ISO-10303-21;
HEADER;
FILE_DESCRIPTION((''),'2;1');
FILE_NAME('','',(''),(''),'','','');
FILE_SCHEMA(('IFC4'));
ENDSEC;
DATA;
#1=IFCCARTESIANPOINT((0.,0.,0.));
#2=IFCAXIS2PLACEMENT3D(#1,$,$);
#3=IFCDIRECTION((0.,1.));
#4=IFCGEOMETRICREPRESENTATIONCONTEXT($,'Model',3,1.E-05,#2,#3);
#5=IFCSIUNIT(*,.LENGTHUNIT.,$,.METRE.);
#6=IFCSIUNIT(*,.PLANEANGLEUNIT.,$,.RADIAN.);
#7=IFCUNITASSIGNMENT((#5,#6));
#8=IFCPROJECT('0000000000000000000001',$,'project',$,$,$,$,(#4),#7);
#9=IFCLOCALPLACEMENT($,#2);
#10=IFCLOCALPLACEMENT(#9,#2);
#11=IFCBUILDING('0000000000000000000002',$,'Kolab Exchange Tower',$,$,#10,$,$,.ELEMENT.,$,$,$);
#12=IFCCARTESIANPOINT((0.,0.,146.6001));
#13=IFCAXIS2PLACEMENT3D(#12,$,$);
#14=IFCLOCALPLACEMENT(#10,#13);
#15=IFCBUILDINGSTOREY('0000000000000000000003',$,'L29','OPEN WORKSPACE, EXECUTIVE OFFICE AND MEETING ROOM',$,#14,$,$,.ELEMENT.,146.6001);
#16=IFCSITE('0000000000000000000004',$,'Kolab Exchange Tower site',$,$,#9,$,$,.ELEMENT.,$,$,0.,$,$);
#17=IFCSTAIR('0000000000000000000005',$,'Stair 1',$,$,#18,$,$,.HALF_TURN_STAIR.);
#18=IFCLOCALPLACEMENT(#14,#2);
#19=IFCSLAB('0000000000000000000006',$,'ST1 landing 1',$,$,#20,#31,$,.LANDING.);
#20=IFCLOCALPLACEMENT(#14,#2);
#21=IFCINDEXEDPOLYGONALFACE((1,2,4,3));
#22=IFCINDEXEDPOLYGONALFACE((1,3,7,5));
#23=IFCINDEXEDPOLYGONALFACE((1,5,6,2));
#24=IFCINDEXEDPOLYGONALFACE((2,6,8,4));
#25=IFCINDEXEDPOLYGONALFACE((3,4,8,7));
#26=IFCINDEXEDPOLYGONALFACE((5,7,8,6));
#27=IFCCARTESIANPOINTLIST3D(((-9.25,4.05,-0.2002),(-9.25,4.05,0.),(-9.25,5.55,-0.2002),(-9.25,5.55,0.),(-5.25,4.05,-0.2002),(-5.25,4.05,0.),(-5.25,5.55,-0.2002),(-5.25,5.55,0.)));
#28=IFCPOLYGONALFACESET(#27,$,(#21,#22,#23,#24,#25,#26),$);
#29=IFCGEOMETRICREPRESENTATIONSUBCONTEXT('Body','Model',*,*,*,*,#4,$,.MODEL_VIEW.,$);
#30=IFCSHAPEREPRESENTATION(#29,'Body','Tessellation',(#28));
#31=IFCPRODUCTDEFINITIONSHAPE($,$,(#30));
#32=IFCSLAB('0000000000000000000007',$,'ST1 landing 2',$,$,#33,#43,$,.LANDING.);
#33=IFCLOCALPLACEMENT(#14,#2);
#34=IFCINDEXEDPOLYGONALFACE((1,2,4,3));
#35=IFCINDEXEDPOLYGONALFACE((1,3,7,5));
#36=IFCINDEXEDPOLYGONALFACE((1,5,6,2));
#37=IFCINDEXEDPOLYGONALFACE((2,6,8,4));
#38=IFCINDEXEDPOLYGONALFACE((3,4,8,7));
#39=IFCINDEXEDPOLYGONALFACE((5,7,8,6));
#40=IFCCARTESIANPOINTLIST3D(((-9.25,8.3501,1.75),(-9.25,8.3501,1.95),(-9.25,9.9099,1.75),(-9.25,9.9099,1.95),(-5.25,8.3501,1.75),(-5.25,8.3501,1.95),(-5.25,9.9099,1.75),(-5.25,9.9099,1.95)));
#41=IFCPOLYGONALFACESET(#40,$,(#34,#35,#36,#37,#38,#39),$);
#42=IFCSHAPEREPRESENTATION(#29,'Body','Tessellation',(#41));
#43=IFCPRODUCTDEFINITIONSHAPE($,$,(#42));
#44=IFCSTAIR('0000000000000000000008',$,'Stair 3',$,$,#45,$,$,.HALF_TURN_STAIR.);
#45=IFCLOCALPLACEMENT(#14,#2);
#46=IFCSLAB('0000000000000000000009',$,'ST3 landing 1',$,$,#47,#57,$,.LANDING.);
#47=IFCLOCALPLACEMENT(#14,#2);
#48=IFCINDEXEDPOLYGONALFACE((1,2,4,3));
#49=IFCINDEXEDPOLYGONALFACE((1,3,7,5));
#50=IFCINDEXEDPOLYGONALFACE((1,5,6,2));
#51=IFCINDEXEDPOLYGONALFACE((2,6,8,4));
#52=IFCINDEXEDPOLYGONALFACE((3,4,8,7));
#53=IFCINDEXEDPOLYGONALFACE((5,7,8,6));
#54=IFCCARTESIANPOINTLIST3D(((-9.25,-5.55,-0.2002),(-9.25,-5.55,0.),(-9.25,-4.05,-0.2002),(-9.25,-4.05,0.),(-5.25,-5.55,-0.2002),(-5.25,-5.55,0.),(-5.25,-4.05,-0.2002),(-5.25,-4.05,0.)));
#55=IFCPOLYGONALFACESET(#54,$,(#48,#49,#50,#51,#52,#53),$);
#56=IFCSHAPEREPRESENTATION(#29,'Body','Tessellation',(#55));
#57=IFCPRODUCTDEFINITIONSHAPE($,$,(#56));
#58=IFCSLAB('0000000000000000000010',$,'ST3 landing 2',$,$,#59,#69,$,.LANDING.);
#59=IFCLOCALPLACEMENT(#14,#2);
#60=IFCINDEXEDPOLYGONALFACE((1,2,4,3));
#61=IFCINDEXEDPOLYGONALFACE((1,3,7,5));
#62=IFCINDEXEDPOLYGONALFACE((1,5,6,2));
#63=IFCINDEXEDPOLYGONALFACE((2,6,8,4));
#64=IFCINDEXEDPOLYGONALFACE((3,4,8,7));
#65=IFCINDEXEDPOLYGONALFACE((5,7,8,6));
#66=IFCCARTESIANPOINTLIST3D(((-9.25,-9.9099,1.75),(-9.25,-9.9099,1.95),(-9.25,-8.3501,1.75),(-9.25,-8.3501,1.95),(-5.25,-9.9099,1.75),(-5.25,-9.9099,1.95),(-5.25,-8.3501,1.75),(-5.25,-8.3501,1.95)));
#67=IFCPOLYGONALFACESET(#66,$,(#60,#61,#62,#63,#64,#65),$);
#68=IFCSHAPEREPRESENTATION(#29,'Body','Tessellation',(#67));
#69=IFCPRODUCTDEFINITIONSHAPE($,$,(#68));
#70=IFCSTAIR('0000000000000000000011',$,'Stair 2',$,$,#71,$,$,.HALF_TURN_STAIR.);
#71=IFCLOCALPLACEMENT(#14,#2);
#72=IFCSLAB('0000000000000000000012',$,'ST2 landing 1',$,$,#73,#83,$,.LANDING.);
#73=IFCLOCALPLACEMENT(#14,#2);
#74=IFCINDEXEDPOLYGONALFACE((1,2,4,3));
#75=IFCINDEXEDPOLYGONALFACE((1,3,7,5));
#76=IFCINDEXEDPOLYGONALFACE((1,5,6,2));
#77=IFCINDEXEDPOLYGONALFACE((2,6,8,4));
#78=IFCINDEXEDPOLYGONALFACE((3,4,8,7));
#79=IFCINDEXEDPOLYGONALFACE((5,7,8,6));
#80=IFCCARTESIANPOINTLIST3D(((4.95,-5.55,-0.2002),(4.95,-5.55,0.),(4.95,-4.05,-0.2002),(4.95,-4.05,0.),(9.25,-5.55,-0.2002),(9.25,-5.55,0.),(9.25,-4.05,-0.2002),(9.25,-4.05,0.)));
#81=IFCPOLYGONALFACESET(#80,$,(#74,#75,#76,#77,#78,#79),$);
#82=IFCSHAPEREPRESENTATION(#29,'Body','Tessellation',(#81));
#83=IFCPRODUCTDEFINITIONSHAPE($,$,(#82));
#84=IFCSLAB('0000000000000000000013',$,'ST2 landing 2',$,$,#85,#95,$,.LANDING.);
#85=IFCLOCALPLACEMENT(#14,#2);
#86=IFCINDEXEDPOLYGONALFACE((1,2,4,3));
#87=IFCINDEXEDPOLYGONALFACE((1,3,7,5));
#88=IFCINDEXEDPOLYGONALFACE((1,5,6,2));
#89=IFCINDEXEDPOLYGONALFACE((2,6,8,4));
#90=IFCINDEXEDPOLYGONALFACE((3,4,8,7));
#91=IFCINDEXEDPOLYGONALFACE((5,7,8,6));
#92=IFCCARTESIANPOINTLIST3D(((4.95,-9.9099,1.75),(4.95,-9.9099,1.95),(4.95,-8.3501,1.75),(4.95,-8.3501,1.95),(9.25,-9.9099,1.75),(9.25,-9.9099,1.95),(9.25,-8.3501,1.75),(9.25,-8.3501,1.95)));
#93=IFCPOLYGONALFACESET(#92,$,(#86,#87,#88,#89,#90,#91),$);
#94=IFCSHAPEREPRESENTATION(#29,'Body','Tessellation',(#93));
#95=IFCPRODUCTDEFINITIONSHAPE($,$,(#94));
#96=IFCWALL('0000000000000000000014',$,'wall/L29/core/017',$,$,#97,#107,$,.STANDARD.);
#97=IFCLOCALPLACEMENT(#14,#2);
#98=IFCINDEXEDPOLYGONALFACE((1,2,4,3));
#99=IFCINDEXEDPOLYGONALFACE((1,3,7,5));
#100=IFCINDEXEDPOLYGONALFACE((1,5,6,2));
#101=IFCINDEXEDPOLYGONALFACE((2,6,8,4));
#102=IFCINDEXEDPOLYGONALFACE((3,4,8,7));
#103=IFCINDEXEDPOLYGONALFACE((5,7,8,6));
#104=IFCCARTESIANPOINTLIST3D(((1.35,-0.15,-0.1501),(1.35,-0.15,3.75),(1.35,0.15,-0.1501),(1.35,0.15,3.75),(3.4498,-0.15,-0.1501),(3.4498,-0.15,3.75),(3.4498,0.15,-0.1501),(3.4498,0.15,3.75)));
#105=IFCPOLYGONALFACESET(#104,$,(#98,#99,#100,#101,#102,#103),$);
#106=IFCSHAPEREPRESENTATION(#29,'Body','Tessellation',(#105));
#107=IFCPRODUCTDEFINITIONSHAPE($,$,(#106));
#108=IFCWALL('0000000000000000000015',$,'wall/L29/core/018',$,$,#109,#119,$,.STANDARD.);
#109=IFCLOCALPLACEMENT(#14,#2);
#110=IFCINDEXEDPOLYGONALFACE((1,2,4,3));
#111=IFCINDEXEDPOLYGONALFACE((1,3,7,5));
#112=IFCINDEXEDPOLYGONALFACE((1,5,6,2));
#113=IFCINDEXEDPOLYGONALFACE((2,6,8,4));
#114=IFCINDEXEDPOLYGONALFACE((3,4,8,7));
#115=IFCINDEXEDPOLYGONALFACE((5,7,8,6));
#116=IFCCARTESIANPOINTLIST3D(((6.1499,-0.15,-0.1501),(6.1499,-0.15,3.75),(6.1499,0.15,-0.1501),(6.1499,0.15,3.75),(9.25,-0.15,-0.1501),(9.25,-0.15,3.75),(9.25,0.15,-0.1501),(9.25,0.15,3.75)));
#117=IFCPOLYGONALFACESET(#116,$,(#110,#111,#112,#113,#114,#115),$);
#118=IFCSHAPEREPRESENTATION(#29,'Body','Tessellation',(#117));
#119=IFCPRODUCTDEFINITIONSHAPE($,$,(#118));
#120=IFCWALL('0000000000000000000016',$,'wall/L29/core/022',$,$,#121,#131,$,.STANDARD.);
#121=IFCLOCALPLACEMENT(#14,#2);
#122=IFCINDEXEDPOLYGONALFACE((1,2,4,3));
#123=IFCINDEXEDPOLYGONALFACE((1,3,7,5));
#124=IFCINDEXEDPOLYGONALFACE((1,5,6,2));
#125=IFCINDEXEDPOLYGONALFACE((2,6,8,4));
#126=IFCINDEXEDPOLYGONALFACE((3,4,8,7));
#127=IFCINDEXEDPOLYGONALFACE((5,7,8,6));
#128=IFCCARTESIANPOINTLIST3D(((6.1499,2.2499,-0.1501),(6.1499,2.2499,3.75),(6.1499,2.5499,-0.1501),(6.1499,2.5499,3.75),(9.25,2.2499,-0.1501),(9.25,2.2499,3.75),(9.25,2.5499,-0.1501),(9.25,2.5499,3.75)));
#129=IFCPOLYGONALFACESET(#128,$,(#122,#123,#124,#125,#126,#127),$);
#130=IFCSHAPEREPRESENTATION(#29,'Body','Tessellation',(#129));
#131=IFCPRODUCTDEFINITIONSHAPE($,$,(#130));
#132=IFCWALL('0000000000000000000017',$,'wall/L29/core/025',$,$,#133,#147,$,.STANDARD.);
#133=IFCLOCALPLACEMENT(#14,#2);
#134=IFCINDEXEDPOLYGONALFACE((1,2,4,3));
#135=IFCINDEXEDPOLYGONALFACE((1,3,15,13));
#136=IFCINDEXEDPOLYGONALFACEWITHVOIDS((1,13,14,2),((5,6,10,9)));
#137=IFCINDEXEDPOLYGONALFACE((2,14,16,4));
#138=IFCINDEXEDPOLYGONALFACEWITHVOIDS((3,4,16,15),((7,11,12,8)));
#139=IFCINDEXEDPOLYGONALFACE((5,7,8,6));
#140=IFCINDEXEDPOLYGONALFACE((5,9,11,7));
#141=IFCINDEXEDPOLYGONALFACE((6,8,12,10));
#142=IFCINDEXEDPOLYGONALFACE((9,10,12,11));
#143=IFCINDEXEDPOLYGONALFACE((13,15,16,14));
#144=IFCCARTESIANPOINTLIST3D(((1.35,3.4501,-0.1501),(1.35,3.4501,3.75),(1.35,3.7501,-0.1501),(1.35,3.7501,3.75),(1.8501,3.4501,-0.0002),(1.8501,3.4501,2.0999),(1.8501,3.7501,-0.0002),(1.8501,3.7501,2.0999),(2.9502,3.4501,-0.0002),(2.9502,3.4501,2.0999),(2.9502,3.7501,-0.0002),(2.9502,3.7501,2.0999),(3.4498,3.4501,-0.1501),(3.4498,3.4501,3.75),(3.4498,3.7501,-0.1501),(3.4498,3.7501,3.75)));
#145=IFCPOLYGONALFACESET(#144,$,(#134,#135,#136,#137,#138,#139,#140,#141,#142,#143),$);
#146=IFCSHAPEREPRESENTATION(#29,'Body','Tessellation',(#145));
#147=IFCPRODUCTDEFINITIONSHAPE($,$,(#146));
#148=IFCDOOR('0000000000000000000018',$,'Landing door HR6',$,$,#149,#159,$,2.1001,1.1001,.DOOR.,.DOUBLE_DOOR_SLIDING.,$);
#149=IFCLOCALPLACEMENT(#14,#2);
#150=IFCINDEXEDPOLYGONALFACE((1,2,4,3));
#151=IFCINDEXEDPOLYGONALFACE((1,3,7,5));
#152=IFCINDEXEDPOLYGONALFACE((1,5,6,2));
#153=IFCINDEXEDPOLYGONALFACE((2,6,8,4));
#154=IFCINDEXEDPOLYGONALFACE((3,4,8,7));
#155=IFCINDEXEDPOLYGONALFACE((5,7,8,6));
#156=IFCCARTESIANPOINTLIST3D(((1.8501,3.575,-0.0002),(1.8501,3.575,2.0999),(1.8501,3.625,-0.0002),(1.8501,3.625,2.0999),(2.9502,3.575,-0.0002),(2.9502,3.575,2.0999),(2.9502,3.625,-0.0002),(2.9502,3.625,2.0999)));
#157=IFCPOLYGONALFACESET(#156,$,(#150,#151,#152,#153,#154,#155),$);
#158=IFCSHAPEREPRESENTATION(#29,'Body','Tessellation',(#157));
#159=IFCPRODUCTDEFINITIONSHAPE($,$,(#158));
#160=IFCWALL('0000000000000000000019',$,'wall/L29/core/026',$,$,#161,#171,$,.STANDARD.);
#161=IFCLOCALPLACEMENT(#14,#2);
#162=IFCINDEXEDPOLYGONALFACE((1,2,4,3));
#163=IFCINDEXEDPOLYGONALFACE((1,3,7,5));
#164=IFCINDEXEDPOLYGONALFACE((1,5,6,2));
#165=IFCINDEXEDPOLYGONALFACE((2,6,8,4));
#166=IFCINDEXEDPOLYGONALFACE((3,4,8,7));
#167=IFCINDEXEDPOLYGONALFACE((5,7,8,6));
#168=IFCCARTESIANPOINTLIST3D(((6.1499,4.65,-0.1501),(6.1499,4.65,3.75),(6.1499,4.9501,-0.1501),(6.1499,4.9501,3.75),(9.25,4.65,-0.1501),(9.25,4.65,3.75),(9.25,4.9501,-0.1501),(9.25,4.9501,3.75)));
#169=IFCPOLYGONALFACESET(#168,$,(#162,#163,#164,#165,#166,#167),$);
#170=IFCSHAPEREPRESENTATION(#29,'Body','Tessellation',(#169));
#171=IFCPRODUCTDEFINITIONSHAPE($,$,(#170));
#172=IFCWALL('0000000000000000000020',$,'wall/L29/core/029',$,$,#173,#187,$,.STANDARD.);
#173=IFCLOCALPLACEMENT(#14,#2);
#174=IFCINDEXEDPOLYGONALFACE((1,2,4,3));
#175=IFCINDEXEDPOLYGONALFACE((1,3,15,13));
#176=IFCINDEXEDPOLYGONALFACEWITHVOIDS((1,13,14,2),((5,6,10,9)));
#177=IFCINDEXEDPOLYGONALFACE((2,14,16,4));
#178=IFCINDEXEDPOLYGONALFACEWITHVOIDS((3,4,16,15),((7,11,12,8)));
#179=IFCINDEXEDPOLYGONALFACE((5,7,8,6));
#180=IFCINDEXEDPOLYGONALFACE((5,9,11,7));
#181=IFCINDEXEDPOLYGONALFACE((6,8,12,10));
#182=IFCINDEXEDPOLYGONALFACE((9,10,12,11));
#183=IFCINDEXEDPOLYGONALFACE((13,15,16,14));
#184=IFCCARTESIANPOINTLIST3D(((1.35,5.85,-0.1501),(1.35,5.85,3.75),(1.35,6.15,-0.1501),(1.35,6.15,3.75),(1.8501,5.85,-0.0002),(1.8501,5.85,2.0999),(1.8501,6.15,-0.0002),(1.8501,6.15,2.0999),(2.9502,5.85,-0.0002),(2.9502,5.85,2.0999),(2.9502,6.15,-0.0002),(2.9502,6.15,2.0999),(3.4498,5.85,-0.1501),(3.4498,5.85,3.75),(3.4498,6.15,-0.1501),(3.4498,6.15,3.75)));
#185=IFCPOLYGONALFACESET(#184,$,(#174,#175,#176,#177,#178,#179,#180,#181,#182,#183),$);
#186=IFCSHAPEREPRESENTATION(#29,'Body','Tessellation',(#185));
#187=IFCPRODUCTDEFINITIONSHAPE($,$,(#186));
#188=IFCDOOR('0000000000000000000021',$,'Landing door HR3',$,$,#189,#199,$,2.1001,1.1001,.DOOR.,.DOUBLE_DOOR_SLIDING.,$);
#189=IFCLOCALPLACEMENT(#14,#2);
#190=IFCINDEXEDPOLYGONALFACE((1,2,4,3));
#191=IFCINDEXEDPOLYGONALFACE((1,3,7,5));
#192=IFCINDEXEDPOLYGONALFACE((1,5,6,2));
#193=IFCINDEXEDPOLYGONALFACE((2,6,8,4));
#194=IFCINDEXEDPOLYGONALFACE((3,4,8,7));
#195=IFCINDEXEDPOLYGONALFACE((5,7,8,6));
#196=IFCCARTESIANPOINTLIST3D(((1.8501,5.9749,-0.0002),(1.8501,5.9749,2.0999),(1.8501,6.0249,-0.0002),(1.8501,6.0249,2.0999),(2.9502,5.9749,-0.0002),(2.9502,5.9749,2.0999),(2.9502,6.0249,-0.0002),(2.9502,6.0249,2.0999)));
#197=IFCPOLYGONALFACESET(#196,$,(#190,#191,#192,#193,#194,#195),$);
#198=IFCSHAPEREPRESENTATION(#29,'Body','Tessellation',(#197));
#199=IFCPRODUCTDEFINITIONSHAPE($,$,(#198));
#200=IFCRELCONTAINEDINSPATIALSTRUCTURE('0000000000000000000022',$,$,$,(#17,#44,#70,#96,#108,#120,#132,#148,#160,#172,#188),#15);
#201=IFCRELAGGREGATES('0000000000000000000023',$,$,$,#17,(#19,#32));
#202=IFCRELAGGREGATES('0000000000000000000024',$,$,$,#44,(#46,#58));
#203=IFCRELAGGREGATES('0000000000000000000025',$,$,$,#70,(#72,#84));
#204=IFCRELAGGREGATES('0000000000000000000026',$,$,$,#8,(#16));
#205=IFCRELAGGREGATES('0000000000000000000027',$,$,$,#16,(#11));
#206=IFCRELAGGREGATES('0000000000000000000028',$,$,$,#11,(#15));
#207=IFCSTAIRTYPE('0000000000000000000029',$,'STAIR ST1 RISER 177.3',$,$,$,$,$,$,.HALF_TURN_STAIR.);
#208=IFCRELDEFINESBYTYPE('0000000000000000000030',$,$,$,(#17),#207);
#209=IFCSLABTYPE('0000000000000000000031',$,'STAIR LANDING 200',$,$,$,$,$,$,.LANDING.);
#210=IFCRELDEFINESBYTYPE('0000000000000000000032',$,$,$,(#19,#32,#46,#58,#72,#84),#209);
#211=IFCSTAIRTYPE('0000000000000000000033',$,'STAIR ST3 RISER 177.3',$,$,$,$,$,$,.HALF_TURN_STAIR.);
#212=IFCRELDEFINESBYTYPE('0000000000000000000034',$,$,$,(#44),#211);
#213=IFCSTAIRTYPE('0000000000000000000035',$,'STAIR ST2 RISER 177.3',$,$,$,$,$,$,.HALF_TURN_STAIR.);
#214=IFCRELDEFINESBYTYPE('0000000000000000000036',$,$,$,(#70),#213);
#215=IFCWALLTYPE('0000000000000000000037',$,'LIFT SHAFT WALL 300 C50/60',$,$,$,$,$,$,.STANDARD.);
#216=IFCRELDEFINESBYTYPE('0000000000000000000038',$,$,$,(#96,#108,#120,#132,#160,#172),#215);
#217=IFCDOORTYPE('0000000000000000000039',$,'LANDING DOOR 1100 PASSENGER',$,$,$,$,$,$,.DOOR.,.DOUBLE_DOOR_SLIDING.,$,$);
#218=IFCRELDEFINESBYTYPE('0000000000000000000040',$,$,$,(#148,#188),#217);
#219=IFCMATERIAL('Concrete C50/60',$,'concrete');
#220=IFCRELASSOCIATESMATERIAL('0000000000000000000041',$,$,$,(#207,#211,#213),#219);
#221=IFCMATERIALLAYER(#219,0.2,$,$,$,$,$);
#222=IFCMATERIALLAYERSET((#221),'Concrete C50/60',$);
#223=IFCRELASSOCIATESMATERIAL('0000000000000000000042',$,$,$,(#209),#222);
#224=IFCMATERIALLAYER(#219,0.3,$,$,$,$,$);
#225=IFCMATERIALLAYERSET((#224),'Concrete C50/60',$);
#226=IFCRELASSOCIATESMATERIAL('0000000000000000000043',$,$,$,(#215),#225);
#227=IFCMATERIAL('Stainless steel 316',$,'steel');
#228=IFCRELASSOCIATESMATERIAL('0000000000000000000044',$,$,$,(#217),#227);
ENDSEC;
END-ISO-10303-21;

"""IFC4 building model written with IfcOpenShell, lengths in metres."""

from ifc_helpers import new_model, si_unit, direction, frame, frame_2d, origin, place, context, subcontext, project, spatial, polyline, rectangle, outline, extrude, material, layer, layer_set, type_object, element, fill, aggregate, save


model = new_model("IFC4")

# Units and contexts
model_context = context("Model", 3, precision=1e-05, world=origin(), true_north=direction((0.0, 1.0)))
body_context = subcontext(model_context, "Body", "Model", "MODEL_VIEW")
ifc_project = project(units=[si_unit("LENGTHUNIT", "METRE"), si_unit("PLANEANGLEUNIT", "RADIAN")], contexts=[model_context])

# Site, building, storey
site_placement = place(None, origin())
site = spatial("IfcSite", under=ifc_project, at=site_placement, Name="Kolab Exchange Tower site", CompositionType="ELEMENT", RefElevation=0.0)
building_placement = place(site_placement, origin())
building = spatial("IfcBuilding", under=site, at=building_placement, Name="Kolab Exchange Tower", CompositionType="ELEMENT")
storey_placement = place(building_placement, frame((0.0, 0.0, 146.6001)))
storey = spatial("IfcBuildingStorey", under=building, at=storey_placement, Name="L29", Description="OPEN WORKSPACE, EXECUTIVE OFFICE AND MEETING ROOM", CompositionType="ELEMENT", Elevation=146.6001)

# Stairs, slabs
ifc_material_1 = material(Name="Concrete C50/60", Category="concrete")
stair_type_1 = type_object("IfcStairType", Name="STAIR ST1 RISER 177.3", PredefinedType="HALF_TURN_STAIR", material=ifc_material_1)
stair_1_placement = place(storey_placement, origin())
stair_1 = element("IfcStair", 1, at=stair_1_placement, inside=storey, type_object=stair_type_1, Name="Stair 1", PredefinedType="HALF_TURN_STAIR")
ifc_layer_1 = layer(ifc_material_1, 0.2)
ifc_layer_set_1 = layer_set([ifc_layer_1], Name="Concrete C50/60")
slab_type_1 = type_object("IfcSlabType", Name="STAIR LANDING 200", PredefinedType="LANDING", material=ifc_layer_set_1)
slab_1_placement = place(storey_placement, frame((0.0, 0.0, -0.2002)))
slab_1 = element("IfcSlab", 2, at=slab_1_placement, type_object=slab_type_1, Name="ST1 landing 1", PredefinedType="LANDING", context=body_context, shape_type="SweptSolid", body=[
    extrude(outline(polyline([(-9.25, 4.05), (-5.25, 4.05), (-5.25, 5.55), (-9.25, 5.55), (-9.25, 4.05)])), origin(), (0.0, 0.0, 1.0), 0.2002),
])
slab_2_placement = place(storey_placement, frame((0.0, 0.0, 1.75)))
slab_2 = element("IfcSlab", 3, at=slab_2_placement, type_object=slab_type_1, Name="ST1 landing 2", PredefinedType="LANDING", context=body_context, shape_type="SweptSolid", body=[
    extrude(outline(polyline([(-9.25, 8.3501), (-5.25, 8.3501), (-5.25, 9.9099), (-9.25, 9.9099), (-9.25, 8.3501)])), origin(), (0.0, 0.0, 1.0), 0.2),
])
aggregate(stair_1, [slab_1, slab_2])
stair_type_2 = type_object("IfcStairType", Name="STAIR ST3 RISER 177.3", PredefinedType="HALF_TURN_STAIR", material=ifc_material_1)
stair_2_placement = place(storey_placement, origin())
stair_2 = element("IfcStair", 4, at=stair_2_placement, inside=storey, type_object=stair_type_2, Name="Stair 3", PredefinedType="HALF_TURN_STAIR")
slab_3_placement = place(storey_placement, frame((0.0, 0.0, -0.2002)))
slab_3 = element("IfcSlab", 5, at=slab_3_placement, type_object=slab_type_1, Name="ST3 landing 1", PredefinedType="LANDING", context=body_context, shape_type="SweptSolid", body=[
    extrude(outline(polyline([(-9.25, -5.55), (-5.25, -5.55), (-5.25, -4.05), (-9.25, -4.05), (-9.25, -5.55)])), origin(), (0.0, 0.0, 1.0), 0.2002),
])
slab_4_placement = place(storey_placement, frame((0.0, 0.0, 1.75)))
slab_4 = element("IfcSlab", 6, at=slab_4_placement, type_object=slab_type_1, Name="ST3 landing 2", PredefinedType="LANDING", context=body_context, shape_type="SweptSolid", body=[
    extrude(outline(polyline([(-9.25, -9.9099), (-5.25, -9.9099), (-5.25, -8.3501), (-9.25, -8.3501), (-9.25, -9.9099)])), origin(), (0.0, 0.0, 1.0), 0.2),
])
aggregate(stair_2, [slab_3, slab_4])
stair_type_3 = type_object("IfcStairType", Name="STAIR ST2 RISER 177.3", PredefinedType="HALF_TURN_STAIR", material=ifc_material_1)
stair_3_placement = place(storey_placement, origin())
stair_3 = element("IfcStair", 7, at=stair_3_placement, inside=storey, type_object=stair_type_3, Name="Stair 2", PredefinedType="HALF_TURN_STAIR")
slab_5_placement = place(storey_placement, frame((0.0, 0.0, -0.2002)))
slab_5 = element("IfcSlab", 8, at=slab_5_placement, type_object=slab_type_1, Name="ST2 landing 1", PredefinedType="LANDING", context=body_context, shape_type="SweptSolid", body=[
    extrude(outline(polyline([(4.95, -5.55), (9.25, -5.55), (9.25, -4.05), (4.95, -4.05), (4.95, -5.55)])), origin(), (0.0, 0.0, 1.0), 0.2002),
])
slab_6_placement = place(storey_placement, frame((0.0, 0.0, 1.75)))
slab_6 = element("IfcSlab", 9, at=slab_6_placement, type_object=slab_type_1, Name="ST2 landing 2", PredefinedType="LANDING", context=body_context, shape_type="SweptSolid", body=[
    extrude(outline(polyline([(4.95, -9.9099), (9.25, -9.9099), (9.25, -8.3501), (4.95, -8.3501), (4.95, -9.9099)])), origin(), (0.0, 0.0, 1.0), 0.2),
])
aggregate(stair_3, [slab_5, slab_6])

# Walls
ifc_layer_2 = layer(ifc_material_1, 0.3)
ifc_layer_set_2 = layer_set([ifc_layer_2], Name="Concrete C50/60")
wall_type_1 = type_object("IfcWallType", Name="LIFT SHAFT WALL 300 C50/60", PredefinedType="STANDARD", material=ifc_layer_set_2)
wall_1_placement = place(storey_placement, frame((1.3501, 0.0, -0.1501), z_axis=(0.0, 0.0, 1.0), x_axis=(1.0, 0.0, 0.0)))
element("IfcWall", 10, at=wall_1_placement, inside=storey, type_object=wall_type_1, Name="wall/L29/core/017", PredefinedType="STANDARD", context=body_context, shape_type="SweptSolid", body=[
    extrude(rectangle(XDim=2.0999, YDim=0.3, at=frame_2d((1.0498, 0.0))), origin(), (0.0, 0.0, 1.0), 3.9001),
])
for number, where, z_axis, x_axis, name in (
    (11, (6.1499, 0.0, -0.1501), (0.0, 0.0, 1.0), (1.0, 0.0, 0.0), "wall/L29/core/018"),
    (12, (6.1499, 2.3999, -0.1501), (0.0, 0.0, 1.0), (1.0, 0.0, 0.0), "wall/L29/core/022"),
):
    element("IfcWall", number, at=place(storey_placement, frame(where, z_axis=z_axis, x_axis=x_axis)), inside=storey, type_object=wall_type_1, Name=name, PredefinedType="STANDARD", context=body_context, shape_type="SweptSolid", body=[
        extrude(rectangle(XDim=3.1001, YDim=0.3, at=frame_2d((1.55, 0.0))), origin(), (0.0, 0.0, 1.0), 3.9001),
    ])

# Wall, opening, door
wall_2_placement = place(storey_placement, frame((1.3501, 3.6001, -0.1501), z_axis=(0.0, 0.0, 1.0), x_axis=(1.0, 0.0, 0.0)))
wall_2 = element("IfcWall", 13, at=wall_2_placement, inside=storey, type_object=wall_type_1, Name="wall/L29/core/025", PredefinedType="STANDARD", context=body_context, shape_type="SweptSolid", body=[
    extrude(rectangle(XDim=2.0999, YDim=0.3, at=frame_2d((1.0498, 0.0))), origin(), (0.0, 0.0, 1.0), 3.9001),
])
opening_1_placement = place(wall_2_placement, frame((0.5, 0.0, 0.1499)))
opening_1 = element("IfcOpeningElement", 14, at=opening_1_placement, cuts=wall_2, PredefinedType="OPENING", context=body_context, shape_type="SweptSolid", body=[
    extrude(rectangle(XDim=1.1001, YDim=2.1001, at=frame_2d((0.55, 1.05))), frame((0.0, 0.1602, 0.0), z_axis=(0.0, -1.0, 0.0), x_axis=(1.0, 0.0, 0.0)), (0.0, 0.0, 1.0), 0.3201),
])
ifc_material_2 = material(Name="Stainless steel 316", Category="steel")
door_type_1 = type_object("IfcDoorType", Name="LANDING DOOR 1100 PASSENGER", OperationType="DOUBLE_DOOR_SLIDING", PredefinedType="DOOR", material=ifc_material_2)
door_1_placement = place(opening_1_placement, origin())
door_1 = element("IfcDoor", 15, at=door_1_placement, inside=storey, type_object=door_type_1, Name="Landing door HR6", OperationType="DOUBLE_DOOR_SLIDING", OverallHeight=2.1001, OverallWidth=1.1001, PredefinedType="DOOR", context=body_context, shape_type="SweptSolid", body=[
    extrude(rectangle(XDim=1.1001, YDim=2.1001, at=frame_2d((0.55, 1.05))), frame((0.0, 0.0249, 0.0), z_axis=(0.0, -1.0, 0.0), x_axis=(1.0, 0.0, 0.0)), (0.0, 0.0, 1.0), 0.05),
])
fill(opening_1, door_1)

# Wall
wall_3_placement = place(storey_placement, frame((6.1499, 4.8, -0.1501), z_axis=(0.0, 0.0, 1.0), x_axis=(1.0, 0.0, 0.0)))
element("IfcWall", 16, at=wall_3_placement, inside=storey, type_object=wall_type_1, Name="wall/L29/core/026", PredefinedType="STANDARD", context=body_context, shape_type="SweptSolid", body=[
    extrude(rectangle(XDim=3.1001, YDim=0.3, at=frame_2d((1.55, 0.0))), origin(), (0.0, 0.0, 1.0), 3.9001),
])

# Wall, opening, door
wall_4_placement = place(storey_placement, frame((1.3501, 6.0, -0.1501), z_axis=(0.0, 0.0, 1.0), x_axis=(1.0, 0.0, 0.0)))
wall_4 = element("IfcWall", 17, at=wall_4_placement, inside=storey, type_object=wall_type_1, Name="wall/L29/core/029", PredefinedType="STANDARD", context=body_context, shape_type="SweptSolid", body=[
    extrude(rectangle(XDim=2.0999, YDim=0.3, at=frame_2d((1.0498, 0.0))), origin(), (0.0, 0.0, 1.0), 3.9001),
])
opening_2_placement = place(wall_4_placement, frame((0.5, 0.0, 0.1499)))
opening_2 = element("IfcOpeningElement", 18, at=opening_2_placement, cuts=wall_4, PredefinedType="OPENING", context=body_context, shape_type="SweptSolid", body=[
    extrude(rectangle(XDim=1.1001, YDim=2.1001, at=frame_2d((0.55, 1.05))), frame((0.0, 0.1602, 0.0), z_axis=(0.0, -1.0, 0.0), x_axis=(1.0, 0.0, 0.0)), (0.0, 0.0, 1.0), 0.3201),
])
door_2_placement = place(opening_2_placement, origin())
door_2 = element("IfcDoor", 19, at=door_2_placement, inside=storey, type_object=door_type_1, Name="Landing door HR3", OperationType="DOUBLE_DOOR_SLIDING", OverallHeight=2.1001, OverallWidth=1.1001, PredefinedType="DOOR", context=body_context, shape_type="SweptSolid", body=[
    extrude(rectangle(XDim=1.1001, YDim=2.1001, at=frame_2d((0.55, 1.05))), frame((0.0, 0.0249, 0.0), z_axis=(0.0, -1.0, 0.0), x_axis=(1.0, 0.0, 0.0)), (0.0, 0.0, 1.0), 0.05),
])
fill(opening_2, door_2)

save(model, "model.ifc")
